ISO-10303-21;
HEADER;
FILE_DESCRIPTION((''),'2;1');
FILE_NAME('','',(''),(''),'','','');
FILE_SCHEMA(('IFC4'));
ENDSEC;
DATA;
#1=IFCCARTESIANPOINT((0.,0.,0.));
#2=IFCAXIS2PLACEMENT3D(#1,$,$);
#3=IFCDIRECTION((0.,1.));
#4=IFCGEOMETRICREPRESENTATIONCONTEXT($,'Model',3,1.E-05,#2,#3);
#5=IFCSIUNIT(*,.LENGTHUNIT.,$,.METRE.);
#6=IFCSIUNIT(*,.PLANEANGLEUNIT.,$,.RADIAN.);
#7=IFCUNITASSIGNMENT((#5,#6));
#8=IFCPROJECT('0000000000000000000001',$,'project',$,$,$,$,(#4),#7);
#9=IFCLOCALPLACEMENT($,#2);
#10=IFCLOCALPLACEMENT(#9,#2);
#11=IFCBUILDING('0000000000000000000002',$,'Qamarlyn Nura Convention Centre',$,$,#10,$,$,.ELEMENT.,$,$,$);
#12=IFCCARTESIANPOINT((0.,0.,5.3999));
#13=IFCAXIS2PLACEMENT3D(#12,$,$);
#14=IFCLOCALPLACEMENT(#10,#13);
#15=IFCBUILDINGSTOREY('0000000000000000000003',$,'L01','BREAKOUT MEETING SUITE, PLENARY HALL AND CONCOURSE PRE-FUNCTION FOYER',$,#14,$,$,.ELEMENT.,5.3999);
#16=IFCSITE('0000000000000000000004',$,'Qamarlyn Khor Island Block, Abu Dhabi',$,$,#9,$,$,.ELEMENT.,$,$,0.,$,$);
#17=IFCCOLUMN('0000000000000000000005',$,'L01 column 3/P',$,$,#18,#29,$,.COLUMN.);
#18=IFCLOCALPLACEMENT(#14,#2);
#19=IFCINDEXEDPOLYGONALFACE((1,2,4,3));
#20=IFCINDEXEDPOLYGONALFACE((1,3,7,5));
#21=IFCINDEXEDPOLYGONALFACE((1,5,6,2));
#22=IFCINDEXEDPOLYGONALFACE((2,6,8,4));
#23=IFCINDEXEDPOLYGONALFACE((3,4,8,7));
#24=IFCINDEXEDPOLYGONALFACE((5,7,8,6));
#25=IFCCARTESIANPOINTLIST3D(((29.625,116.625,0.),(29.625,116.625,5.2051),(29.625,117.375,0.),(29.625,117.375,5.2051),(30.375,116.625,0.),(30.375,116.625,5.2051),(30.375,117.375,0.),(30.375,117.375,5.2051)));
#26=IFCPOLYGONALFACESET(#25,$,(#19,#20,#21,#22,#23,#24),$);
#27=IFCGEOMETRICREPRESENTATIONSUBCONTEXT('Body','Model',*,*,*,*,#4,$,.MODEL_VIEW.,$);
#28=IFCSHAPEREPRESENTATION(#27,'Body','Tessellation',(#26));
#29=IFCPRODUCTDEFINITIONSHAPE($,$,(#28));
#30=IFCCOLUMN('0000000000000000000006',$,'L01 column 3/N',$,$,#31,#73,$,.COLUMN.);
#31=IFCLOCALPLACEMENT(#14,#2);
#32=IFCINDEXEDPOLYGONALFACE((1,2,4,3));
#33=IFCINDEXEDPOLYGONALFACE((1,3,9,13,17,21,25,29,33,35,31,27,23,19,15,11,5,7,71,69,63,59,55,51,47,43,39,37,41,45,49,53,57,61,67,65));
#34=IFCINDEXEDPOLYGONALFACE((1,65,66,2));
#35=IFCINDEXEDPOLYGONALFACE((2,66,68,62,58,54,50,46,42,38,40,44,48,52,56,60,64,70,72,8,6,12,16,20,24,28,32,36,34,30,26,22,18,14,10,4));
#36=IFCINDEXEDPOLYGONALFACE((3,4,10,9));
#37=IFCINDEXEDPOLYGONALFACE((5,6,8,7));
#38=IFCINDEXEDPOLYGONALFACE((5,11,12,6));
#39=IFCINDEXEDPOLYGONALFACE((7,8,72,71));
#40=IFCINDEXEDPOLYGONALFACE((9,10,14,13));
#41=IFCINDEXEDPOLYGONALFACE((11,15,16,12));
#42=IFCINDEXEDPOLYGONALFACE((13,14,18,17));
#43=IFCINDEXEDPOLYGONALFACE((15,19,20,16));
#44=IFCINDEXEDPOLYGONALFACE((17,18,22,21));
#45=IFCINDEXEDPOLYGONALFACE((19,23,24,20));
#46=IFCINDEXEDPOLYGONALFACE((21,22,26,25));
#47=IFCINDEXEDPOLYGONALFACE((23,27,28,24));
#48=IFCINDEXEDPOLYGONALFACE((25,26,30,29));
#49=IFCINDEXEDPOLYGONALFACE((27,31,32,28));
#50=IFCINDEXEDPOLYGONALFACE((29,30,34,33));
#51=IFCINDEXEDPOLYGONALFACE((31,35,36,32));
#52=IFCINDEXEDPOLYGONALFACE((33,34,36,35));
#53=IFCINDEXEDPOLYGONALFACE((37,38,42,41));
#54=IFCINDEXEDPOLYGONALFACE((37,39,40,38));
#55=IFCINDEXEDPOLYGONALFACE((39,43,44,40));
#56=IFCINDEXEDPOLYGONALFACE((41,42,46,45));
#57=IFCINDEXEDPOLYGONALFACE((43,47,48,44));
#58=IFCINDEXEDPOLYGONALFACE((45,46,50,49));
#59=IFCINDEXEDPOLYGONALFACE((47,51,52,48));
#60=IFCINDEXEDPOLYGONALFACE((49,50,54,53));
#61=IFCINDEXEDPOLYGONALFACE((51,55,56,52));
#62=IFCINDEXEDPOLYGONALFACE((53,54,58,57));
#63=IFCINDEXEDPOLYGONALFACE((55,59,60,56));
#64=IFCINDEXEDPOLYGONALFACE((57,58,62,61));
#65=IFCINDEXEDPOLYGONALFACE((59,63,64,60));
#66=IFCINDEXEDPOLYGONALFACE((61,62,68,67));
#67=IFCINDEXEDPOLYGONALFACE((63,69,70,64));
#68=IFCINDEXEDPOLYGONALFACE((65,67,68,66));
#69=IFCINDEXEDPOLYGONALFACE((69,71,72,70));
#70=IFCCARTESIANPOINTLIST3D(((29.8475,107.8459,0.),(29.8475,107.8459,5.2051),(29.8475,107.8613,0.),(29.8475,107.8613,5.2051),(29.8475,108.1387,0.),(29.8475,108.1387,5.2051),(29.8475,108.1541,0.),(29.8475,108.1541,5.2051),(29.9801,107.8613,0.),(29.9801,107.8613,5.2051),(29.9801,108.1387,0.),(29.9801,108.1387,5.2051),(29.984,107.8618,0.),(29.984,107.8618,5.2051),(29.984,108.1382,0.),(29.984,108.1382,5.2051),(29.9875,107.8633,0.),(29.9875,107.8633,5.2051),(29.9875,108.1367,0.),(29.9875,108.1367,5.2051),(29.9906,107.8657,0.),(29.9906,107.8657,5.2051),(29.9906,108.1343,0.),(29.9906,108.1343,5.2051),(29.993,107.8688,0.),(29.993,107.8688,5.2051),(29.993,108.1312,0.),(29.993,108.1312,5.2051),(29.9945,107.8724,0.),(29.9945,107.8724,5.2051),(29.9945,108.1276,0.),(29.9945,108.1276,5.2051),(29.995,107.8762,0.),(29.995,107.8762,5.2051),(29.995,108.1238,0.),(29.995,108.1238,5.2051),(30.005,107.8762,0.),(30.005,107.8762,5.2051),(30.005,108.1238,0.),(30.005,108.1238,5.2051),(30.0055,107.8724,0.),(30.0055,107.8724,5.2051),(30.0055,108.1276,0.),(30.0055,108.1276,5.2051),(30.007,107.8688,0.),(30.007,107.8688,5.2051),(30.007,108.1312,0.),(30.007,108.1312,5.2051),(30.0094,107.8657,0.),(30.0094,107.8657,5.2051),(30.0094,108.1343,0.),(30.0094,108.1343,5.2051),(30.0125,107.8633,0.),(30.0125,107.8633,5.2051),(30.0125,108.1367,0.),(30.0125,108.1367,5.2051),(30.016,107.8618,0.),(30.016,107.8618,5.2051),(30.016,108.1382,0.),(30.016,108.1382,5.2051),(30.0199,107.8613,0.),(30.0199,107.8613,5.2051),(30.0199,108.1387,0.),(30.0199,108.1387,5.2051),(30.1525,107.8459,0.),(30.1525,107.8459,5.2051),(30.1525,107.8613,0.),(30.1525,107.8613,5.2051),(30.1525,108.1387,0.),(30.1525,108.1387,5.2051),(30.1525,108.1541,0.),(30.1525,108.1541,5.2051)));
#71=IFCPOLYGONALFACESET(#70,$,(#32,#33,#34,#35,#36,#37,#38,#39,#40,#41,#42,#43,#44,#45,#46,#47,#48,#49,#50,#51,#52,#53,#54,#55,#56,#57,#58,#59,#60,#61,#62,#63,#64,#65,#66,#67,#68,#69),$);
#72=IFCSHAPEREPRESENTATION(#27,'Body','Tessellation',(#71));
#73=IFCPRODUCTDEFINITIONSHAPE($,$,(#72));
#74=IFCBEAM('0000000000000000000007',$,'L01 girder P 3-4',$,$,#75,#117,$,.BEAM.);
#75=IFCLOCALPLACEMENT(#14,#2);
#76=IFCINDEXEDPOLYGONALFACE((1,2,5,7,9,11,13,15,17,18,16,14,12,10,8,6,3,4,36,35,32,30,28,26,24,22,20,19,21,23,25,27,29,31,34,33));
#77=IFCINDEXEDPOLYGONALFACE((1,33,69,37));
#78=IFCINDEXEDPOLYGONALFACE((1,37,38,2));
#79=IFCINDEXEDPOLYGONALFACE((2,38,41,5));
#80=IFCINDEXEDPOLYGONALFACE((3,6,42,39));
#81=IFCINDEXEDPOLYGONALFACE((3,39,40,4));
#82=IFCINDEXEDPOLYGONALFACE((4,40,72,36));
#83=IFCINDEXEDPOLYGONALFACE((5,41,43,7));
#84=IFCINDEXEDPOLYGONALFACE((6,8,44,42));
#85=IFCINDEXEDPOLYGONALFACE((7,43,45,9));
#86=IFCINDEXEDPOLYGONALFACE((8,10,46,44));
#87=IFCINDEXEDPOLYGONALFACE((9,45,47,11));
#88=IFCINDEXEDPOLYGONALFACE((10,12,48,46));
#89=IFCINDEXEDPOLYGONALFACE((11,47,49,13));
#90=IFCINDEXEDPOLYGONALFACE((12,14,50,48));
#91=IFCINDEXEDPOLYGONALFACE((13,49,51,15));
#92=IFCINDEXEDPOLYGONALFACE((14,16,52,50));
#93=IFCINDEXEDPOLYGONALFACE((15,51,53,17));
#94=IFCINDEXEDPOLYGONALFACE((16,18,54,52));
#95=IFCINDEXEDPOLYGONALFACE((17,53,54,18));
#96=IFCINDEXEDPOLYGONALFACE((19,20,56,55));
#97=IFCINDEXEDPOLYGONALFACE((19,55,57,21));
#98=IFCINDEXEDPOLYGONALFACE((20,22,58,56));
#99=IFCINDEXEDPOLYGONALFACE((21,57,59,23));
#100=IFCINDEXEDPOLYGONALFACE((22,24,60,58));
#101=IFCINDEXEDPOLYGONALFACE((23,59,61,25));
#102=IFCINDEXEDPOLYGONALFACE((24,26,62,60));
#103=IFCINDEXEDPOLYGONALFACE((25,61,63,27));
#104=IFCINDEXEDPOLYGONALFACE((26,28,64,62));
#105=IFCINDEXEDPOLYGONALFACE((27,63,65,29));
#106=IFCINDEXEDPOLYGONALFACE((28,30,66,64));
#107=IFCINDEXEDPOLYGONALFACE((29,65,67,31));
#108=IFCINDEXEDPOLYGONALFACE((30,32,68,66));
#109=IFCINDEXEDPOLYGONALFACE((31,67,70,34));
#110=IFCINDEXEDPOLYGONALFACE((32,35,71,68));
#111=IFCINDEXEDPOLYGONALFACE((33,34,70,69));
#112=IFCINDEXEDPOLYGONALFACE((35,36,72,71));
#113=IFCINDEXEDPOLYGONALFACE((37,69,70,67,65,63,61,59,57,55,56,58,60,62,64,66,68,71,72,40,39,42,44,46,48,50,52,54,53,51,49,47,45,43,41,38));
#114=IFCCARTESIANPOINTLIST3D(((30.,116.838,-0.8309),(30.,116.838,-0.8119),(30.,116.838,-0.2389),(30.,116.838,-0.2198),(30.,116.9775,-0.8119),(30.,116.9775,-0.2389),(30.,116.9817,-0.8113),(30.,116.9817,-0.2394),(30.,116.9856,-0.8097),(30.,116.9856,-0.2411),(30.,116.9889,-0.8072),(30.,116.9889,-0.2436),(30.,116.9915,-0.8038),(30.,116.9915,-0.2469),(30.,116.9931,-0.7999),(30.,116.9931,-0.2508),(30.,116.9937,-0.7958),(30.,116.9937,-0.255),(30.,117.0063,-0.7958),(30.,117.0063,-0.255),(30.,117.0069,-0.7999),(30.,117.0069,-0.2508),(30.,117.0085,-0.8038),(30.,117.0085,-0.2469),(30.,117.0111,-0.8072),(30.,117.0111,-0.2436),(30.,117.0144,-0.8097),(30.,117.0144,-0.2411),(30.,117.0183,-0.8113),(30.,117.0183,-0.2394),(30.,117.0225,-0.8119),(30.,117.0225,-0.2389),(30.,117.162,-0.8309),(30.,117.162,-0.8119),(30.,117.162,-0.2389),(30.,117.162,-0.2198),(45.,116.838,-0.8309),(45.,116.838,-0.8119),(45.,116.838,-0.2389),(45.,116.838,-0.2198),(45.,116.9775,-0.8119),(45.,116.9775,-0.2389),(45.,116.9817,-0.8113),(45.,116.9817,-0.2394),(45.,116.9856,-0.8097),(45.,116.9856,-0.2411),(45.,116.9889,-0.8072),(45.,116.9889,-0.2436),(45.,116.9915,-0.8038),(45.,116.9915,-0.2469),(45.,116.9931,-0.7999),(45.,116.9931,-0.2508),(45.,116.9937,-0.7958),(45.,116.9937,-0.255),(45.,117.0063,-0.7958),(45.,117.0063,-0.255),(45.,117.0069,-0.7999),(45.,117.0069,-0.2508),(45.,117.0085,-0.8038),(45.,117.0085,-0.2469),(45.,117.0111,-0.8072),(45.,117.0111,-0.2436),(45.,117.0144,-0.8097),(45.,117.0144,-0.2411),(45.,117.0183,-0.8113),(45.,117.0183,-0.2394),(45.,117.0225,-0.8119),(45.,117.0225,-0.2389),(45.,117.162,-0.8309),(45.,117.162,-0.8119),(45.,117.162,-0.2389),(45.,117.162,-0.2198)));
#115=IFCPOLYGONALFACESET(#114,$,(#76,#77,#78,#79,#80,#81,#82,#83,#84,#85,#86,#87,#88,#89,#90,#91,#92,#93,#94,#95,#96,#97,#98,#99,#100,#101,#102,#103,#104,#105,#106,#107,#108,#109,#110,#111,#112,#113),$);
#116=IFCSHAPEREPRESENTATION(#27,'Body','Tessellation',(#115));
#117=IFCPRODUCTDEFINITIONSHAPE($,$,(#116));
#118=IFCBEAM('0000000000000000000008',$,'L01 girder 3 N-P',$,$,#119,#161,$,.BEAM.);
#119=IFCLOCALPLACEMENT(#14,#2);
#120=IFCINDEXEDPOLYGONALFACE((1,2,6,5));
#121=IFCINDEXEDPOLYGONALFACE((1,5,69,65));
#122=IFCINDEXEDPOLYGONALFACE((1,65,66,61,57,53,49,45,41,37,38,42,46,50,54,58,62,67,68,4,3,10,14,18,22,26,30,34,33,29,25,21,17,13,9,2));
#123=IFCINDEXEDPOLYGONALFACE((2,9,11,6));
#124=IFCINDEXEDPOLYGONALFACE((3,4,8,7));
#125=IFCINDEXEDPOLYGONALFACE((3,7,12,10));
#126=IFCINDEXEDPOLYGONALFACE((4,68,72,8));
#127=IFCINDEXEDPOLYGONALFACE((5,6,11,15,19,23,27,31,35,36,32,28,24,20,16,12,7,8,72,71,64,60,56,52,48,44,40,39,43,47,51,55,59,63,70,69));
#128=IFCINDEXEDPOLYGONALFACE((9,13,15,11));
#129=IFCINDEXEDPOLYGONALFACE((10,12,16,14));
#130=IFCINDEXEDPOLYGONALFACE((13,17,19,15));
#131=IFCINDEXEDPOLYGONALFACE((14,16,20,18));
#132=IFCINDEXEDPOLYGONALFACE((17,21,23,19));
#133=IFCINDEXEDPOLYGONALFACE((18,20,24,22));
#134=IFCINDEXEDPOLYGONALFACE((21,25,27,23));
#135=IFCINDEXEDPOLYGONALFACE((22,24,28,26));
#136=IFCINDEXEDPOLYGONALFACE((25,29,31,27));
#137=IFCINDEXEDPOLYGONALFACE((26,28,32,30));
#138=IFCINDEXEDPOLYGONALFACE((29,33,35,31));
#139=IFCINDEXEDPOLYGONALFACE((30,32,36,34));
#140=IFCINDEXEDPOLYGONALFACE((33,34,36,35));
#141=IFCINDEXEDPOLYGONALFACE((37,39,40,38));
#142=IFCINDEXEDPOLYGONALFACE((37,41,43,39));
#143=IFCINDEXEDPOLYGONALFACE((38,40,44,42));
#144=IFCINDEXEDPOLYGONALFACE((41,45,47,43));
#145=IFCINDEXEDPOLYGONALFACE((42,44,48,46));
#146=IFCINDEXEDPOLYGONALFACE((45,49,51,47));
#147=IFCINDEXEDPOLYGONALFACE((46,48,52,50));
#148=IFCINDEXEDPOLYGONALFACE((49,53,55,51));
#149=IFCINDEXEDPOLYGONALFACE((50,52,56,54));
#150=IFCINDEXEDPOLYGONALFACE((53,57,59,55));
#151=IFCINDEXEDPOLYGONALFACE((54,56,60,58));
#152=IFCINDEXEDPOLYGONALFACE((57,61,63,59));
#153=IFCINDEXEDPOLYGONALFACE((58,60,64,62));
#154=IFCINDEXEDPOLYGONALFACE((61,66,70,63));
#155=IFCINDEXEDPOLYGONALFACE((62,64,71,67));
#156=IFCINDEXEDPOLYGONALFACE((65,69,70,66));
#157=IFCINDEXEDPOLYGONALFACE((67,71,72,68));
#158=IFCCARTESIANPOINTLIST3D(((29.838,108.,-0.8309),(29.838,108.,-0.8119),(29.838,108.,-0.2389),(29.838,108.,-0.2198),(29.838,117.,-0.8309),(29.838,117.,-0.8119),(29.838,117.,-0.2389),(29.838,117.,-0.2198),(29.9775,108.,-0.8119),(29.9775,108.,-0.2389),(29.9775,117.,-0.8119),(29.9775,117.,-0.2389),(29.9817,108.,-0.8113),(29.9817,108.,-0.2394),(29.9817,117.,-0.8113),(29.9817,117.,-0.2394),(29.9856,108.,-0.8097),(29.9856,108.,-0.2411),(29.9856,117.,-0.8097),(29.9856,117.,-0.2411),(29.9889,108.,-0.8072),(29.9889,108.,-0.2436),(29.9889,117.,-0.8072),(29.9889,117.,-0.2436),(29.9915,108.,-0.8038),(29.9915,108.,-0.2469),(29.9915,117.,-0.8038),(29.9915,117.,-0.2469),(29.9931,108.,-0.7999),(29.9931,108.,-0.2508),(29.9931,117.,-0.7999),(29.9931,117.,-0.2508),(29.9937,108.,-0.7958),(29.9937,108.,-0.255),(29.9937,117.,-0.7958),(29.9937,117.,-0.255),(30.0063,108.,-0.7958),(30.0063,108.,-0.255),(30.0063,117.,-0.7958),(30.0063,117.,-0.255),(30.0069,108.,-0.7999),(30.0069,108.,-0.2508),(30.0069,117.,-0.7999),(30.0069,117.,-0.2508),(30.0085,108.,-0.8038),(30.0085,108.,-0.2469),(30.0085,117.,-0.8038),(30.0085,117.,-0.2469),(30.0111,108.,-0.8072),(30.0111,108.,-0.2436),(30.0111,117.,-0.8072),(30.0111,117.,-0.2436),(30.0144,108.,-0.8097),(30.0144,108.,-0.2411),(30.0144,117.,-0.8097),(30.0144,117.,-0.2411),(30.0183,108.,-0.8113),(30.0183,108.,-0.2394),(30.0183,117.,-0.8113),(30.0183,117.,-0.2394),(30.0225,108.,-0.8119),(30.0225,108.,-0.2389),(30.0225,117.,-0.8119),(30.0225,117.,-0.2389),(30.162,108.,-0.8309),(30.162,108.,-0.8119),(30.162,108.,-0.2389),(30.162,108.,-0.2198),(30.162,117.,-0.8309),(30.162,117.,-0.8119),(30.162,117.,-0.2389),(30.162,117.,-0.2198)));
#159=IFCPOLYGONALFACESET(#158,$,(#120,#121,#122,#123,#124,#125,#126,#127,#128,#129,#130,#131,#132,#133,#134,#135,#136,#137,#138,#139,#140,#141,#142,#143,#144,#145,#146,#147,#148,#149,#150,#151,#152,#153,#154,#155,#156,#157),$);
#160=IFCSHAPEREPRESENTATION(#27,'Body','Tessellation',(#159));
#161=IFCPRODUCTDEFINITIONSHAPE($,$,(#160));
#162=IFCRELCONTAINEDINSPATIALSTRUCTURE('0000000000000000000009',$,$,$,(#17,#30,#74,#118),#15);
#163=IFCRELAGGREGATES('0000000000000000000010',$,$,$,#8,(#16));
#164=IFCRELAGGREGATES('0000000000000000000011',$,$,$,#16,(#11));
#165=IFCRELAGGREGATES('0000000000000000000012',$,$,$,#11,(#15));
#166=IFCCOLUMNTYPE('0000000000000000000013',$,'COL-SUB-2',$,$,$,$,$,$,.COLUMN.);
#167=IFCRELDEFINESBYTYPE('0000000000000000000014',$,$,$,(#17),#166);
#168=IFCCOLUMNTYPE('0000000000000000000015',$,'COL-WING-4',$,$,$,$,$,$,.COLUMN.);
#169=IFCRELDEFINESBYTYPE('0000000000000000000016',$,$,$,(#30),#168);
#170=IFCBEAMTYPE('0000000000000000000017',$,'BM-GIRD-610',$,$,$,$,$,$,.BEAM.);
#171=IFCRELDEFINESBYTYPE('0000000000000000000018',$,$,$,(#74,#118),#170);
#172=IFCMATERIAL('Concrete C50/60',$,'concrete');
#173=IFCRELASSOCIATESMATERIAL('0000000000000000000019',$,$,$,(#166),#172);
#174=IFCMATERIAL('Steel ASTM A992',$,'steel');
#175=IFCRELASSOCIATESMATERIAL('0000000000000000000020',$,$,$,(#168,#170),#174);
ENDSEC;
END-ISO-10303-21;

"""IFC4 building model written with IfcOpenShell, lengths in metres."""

from ifc_helpers import new_model, si_unit, direction, frame, origin, origin_2d, place, context, subcontext, project, spatial, rectangle, i_section, extrude, material, material_profile, profile_set, type_object, element, save


model = new_model("IFC4")

# Units and contexts
model_context = context("Model", 3, precision=1e-05, world=origin(), true_north=direction((0.0, 1.0)))
body_context = subcontext(model_context, "Body", "Model", "MODEL_VIEW")
ifc_project = project(units=[si_unit("LENGTHUNIT", "METRE"), si_unit("PLANEANGLEUNIT", "RADIAN")], contexts=[model_context])

# Site, building, storey
site_placement = place(None, origin())
site = spatial("IfcSite", under=ifc_project, at=site_placement, Name="Qamarlyn Khor Island Block, Abu Dhabi", CompositionType="ELEMENT", RefElevation=0.0)
building_placement = place(site_placement, origin())
building = spatial("IfcBuilding", under=site, at=building_placement, Name="Qamarlyn Nura Convention Centre", CompositionType="ELEMENT")
storey_placement = place(building_placement, frame((0.0, 0.0, 5.3999)))
storey = spatial("IfcBuildingStorey", under=building, at=storey_placement, Name="L01", Description="BREAKOUT MEETING SUITE, PLENARY HALL AND CONCOURSE PRE-FUNCTION FOYER", CompositionType="ELEMENT", Elevation=5.3999)

# Columns
ifc_material_1 = material(Name="Concrete C50/60", Category="concrete")
ifc_material_profile_1 = material_profile(ifc_material_1, rectangle(XDim=0.75, YDim=0.75, at=origin_2d()), Name="RC 750x750")
ifc_profile_set_1 = profile_set([ifc_material_profile_1], Name="Concrete C50/60")
column_type_1 = type_object("IfcColumnType", Name="COL-SUB-2", PredefinedType="COLUMN", material=ifc_profile_set_1)
column_1_placement = place(storey_placement, frame((30.0, 117.0, 0.0), z_axis=(0.0, 0.0, 1.0), x_axis=(1.0, 0.0, 0.0)))
element("IfcColumn", 1, at=column_1_placement, inside=storey, type_object=column_type_1, Name="L01 column 3/P", PredefinedType="COLUMN", context=body_context, shape_type="SweptSolid", body=[
    extrude(rectangle(XDim=0.75, YDim=0.75, at=origin_2d()), origin(), (0.0, 0.0, 1.0), 5.2051),
])
ifc_material_2 = material(Name="Steel ASTM A992", Category="steel")
ifc_material_profile_2 = material_profile(ifc_material_2, i_section(OverallWidth=0.3049, OverallDepth=0.3081, WebThickness=0.01, FlangeThickness=0.0154, FilletRadius=0.0149, at=origin_2d()), Name="W310X97")
ifc_profile_set_2 = profile_set([ifc_material_profile_2], Name="Steel ASTM A992")
column_type_2 = type_object("IfcColumnType", Name="COL-WING-4", PredefinedType="COLUMN", material=ifc_profile_set_2)
column_2_placement = place(storey_placement, frame((30.0, 108.0, 0.0), z_axis=(0.0, 0.0, 1.0), x_axis=(1.0, 0.0, 0.0)))
element("IfcColumn", 2, at=column_2_placement, inside=storey, type_object=column_type_2, Name="L01 column 3/N", PredefinedType="COLUMN", context=body_context, shape_type="SweptSolid", body=[
    extrude(i_section(OverallWidth=0.3049, OverallDepth=0.3081, WebThickness=0.01, FlangeThickness=0.0154, FilletRadius=0.0149, at=origin_2d()), origin(), (0.0, 0.0, 1.0), 5.2051),
])

# Beams
ifc_material_profile_3 = material_profile(ifc_material_2, i_section(OverallWidth=0.324, OverallDepth=0.6111, WebThickness=0.0127, FlangeThickness=0.019, FilletRadius=0.0161, at=origin_2d()), Name="W610X155")
ifc_profile_set_3 = profile_set([ifc_material_profile_3], Name="Steel ASTM A992")
beam_type_1 = type_object("IfcBeamType", Name="BM-GIRD-610", PredefinedType="BEAM", material=ifc_profile_set_3)
beam_1_placement = place(storey_placement, frame((30.0, 117.0, -0.5254), z_axis=(1.0, 0.0, 0.0), x_axis=(0.0, 1.0, 0.0)))
element("IfcBeam", 3, at=beam_1_placement, inside=storey, type_object=beam_type_1, Name="L01 girder P 3-4", PredefinedType="BEAM", context=body_context, shape_type="SweptSolid", body=[
    extrude(i_section(OverallWidth=0.324, OverallDepth=0.6111, WebThickness=0.0127, FlangeThickness=0.019, FilletRadius=0.0161, at=origin_2d()), origin(), (0.0, 0.0, 1.0), 15.0),
])
beam_2_placement = place(storey_placement, frame((30.0, 108.0, -0.5254), z_axis=(0.0, 1.0, 0.0), x_axis=(-1.0, 0.0, 0.0)))
element("IfcBeam", 4, at=beam_2_placement, inside=storey, type_object=beam_type_1, Name="L01 girder 3 N-P", PredefinedType="BEAM", context=body_context, shape_type="SweptSolid", body=[
    extrude(i_section(OverallWidth=0.324, OverallDepth=0.6111, WebThickness=0.0127, FlangeThickness=0.019, FilletRadius=0.0161, at=origin_2d()), origin(), (0.0, 0.0, 1.0), 9.0),
])

save(model, "model.ifc")
